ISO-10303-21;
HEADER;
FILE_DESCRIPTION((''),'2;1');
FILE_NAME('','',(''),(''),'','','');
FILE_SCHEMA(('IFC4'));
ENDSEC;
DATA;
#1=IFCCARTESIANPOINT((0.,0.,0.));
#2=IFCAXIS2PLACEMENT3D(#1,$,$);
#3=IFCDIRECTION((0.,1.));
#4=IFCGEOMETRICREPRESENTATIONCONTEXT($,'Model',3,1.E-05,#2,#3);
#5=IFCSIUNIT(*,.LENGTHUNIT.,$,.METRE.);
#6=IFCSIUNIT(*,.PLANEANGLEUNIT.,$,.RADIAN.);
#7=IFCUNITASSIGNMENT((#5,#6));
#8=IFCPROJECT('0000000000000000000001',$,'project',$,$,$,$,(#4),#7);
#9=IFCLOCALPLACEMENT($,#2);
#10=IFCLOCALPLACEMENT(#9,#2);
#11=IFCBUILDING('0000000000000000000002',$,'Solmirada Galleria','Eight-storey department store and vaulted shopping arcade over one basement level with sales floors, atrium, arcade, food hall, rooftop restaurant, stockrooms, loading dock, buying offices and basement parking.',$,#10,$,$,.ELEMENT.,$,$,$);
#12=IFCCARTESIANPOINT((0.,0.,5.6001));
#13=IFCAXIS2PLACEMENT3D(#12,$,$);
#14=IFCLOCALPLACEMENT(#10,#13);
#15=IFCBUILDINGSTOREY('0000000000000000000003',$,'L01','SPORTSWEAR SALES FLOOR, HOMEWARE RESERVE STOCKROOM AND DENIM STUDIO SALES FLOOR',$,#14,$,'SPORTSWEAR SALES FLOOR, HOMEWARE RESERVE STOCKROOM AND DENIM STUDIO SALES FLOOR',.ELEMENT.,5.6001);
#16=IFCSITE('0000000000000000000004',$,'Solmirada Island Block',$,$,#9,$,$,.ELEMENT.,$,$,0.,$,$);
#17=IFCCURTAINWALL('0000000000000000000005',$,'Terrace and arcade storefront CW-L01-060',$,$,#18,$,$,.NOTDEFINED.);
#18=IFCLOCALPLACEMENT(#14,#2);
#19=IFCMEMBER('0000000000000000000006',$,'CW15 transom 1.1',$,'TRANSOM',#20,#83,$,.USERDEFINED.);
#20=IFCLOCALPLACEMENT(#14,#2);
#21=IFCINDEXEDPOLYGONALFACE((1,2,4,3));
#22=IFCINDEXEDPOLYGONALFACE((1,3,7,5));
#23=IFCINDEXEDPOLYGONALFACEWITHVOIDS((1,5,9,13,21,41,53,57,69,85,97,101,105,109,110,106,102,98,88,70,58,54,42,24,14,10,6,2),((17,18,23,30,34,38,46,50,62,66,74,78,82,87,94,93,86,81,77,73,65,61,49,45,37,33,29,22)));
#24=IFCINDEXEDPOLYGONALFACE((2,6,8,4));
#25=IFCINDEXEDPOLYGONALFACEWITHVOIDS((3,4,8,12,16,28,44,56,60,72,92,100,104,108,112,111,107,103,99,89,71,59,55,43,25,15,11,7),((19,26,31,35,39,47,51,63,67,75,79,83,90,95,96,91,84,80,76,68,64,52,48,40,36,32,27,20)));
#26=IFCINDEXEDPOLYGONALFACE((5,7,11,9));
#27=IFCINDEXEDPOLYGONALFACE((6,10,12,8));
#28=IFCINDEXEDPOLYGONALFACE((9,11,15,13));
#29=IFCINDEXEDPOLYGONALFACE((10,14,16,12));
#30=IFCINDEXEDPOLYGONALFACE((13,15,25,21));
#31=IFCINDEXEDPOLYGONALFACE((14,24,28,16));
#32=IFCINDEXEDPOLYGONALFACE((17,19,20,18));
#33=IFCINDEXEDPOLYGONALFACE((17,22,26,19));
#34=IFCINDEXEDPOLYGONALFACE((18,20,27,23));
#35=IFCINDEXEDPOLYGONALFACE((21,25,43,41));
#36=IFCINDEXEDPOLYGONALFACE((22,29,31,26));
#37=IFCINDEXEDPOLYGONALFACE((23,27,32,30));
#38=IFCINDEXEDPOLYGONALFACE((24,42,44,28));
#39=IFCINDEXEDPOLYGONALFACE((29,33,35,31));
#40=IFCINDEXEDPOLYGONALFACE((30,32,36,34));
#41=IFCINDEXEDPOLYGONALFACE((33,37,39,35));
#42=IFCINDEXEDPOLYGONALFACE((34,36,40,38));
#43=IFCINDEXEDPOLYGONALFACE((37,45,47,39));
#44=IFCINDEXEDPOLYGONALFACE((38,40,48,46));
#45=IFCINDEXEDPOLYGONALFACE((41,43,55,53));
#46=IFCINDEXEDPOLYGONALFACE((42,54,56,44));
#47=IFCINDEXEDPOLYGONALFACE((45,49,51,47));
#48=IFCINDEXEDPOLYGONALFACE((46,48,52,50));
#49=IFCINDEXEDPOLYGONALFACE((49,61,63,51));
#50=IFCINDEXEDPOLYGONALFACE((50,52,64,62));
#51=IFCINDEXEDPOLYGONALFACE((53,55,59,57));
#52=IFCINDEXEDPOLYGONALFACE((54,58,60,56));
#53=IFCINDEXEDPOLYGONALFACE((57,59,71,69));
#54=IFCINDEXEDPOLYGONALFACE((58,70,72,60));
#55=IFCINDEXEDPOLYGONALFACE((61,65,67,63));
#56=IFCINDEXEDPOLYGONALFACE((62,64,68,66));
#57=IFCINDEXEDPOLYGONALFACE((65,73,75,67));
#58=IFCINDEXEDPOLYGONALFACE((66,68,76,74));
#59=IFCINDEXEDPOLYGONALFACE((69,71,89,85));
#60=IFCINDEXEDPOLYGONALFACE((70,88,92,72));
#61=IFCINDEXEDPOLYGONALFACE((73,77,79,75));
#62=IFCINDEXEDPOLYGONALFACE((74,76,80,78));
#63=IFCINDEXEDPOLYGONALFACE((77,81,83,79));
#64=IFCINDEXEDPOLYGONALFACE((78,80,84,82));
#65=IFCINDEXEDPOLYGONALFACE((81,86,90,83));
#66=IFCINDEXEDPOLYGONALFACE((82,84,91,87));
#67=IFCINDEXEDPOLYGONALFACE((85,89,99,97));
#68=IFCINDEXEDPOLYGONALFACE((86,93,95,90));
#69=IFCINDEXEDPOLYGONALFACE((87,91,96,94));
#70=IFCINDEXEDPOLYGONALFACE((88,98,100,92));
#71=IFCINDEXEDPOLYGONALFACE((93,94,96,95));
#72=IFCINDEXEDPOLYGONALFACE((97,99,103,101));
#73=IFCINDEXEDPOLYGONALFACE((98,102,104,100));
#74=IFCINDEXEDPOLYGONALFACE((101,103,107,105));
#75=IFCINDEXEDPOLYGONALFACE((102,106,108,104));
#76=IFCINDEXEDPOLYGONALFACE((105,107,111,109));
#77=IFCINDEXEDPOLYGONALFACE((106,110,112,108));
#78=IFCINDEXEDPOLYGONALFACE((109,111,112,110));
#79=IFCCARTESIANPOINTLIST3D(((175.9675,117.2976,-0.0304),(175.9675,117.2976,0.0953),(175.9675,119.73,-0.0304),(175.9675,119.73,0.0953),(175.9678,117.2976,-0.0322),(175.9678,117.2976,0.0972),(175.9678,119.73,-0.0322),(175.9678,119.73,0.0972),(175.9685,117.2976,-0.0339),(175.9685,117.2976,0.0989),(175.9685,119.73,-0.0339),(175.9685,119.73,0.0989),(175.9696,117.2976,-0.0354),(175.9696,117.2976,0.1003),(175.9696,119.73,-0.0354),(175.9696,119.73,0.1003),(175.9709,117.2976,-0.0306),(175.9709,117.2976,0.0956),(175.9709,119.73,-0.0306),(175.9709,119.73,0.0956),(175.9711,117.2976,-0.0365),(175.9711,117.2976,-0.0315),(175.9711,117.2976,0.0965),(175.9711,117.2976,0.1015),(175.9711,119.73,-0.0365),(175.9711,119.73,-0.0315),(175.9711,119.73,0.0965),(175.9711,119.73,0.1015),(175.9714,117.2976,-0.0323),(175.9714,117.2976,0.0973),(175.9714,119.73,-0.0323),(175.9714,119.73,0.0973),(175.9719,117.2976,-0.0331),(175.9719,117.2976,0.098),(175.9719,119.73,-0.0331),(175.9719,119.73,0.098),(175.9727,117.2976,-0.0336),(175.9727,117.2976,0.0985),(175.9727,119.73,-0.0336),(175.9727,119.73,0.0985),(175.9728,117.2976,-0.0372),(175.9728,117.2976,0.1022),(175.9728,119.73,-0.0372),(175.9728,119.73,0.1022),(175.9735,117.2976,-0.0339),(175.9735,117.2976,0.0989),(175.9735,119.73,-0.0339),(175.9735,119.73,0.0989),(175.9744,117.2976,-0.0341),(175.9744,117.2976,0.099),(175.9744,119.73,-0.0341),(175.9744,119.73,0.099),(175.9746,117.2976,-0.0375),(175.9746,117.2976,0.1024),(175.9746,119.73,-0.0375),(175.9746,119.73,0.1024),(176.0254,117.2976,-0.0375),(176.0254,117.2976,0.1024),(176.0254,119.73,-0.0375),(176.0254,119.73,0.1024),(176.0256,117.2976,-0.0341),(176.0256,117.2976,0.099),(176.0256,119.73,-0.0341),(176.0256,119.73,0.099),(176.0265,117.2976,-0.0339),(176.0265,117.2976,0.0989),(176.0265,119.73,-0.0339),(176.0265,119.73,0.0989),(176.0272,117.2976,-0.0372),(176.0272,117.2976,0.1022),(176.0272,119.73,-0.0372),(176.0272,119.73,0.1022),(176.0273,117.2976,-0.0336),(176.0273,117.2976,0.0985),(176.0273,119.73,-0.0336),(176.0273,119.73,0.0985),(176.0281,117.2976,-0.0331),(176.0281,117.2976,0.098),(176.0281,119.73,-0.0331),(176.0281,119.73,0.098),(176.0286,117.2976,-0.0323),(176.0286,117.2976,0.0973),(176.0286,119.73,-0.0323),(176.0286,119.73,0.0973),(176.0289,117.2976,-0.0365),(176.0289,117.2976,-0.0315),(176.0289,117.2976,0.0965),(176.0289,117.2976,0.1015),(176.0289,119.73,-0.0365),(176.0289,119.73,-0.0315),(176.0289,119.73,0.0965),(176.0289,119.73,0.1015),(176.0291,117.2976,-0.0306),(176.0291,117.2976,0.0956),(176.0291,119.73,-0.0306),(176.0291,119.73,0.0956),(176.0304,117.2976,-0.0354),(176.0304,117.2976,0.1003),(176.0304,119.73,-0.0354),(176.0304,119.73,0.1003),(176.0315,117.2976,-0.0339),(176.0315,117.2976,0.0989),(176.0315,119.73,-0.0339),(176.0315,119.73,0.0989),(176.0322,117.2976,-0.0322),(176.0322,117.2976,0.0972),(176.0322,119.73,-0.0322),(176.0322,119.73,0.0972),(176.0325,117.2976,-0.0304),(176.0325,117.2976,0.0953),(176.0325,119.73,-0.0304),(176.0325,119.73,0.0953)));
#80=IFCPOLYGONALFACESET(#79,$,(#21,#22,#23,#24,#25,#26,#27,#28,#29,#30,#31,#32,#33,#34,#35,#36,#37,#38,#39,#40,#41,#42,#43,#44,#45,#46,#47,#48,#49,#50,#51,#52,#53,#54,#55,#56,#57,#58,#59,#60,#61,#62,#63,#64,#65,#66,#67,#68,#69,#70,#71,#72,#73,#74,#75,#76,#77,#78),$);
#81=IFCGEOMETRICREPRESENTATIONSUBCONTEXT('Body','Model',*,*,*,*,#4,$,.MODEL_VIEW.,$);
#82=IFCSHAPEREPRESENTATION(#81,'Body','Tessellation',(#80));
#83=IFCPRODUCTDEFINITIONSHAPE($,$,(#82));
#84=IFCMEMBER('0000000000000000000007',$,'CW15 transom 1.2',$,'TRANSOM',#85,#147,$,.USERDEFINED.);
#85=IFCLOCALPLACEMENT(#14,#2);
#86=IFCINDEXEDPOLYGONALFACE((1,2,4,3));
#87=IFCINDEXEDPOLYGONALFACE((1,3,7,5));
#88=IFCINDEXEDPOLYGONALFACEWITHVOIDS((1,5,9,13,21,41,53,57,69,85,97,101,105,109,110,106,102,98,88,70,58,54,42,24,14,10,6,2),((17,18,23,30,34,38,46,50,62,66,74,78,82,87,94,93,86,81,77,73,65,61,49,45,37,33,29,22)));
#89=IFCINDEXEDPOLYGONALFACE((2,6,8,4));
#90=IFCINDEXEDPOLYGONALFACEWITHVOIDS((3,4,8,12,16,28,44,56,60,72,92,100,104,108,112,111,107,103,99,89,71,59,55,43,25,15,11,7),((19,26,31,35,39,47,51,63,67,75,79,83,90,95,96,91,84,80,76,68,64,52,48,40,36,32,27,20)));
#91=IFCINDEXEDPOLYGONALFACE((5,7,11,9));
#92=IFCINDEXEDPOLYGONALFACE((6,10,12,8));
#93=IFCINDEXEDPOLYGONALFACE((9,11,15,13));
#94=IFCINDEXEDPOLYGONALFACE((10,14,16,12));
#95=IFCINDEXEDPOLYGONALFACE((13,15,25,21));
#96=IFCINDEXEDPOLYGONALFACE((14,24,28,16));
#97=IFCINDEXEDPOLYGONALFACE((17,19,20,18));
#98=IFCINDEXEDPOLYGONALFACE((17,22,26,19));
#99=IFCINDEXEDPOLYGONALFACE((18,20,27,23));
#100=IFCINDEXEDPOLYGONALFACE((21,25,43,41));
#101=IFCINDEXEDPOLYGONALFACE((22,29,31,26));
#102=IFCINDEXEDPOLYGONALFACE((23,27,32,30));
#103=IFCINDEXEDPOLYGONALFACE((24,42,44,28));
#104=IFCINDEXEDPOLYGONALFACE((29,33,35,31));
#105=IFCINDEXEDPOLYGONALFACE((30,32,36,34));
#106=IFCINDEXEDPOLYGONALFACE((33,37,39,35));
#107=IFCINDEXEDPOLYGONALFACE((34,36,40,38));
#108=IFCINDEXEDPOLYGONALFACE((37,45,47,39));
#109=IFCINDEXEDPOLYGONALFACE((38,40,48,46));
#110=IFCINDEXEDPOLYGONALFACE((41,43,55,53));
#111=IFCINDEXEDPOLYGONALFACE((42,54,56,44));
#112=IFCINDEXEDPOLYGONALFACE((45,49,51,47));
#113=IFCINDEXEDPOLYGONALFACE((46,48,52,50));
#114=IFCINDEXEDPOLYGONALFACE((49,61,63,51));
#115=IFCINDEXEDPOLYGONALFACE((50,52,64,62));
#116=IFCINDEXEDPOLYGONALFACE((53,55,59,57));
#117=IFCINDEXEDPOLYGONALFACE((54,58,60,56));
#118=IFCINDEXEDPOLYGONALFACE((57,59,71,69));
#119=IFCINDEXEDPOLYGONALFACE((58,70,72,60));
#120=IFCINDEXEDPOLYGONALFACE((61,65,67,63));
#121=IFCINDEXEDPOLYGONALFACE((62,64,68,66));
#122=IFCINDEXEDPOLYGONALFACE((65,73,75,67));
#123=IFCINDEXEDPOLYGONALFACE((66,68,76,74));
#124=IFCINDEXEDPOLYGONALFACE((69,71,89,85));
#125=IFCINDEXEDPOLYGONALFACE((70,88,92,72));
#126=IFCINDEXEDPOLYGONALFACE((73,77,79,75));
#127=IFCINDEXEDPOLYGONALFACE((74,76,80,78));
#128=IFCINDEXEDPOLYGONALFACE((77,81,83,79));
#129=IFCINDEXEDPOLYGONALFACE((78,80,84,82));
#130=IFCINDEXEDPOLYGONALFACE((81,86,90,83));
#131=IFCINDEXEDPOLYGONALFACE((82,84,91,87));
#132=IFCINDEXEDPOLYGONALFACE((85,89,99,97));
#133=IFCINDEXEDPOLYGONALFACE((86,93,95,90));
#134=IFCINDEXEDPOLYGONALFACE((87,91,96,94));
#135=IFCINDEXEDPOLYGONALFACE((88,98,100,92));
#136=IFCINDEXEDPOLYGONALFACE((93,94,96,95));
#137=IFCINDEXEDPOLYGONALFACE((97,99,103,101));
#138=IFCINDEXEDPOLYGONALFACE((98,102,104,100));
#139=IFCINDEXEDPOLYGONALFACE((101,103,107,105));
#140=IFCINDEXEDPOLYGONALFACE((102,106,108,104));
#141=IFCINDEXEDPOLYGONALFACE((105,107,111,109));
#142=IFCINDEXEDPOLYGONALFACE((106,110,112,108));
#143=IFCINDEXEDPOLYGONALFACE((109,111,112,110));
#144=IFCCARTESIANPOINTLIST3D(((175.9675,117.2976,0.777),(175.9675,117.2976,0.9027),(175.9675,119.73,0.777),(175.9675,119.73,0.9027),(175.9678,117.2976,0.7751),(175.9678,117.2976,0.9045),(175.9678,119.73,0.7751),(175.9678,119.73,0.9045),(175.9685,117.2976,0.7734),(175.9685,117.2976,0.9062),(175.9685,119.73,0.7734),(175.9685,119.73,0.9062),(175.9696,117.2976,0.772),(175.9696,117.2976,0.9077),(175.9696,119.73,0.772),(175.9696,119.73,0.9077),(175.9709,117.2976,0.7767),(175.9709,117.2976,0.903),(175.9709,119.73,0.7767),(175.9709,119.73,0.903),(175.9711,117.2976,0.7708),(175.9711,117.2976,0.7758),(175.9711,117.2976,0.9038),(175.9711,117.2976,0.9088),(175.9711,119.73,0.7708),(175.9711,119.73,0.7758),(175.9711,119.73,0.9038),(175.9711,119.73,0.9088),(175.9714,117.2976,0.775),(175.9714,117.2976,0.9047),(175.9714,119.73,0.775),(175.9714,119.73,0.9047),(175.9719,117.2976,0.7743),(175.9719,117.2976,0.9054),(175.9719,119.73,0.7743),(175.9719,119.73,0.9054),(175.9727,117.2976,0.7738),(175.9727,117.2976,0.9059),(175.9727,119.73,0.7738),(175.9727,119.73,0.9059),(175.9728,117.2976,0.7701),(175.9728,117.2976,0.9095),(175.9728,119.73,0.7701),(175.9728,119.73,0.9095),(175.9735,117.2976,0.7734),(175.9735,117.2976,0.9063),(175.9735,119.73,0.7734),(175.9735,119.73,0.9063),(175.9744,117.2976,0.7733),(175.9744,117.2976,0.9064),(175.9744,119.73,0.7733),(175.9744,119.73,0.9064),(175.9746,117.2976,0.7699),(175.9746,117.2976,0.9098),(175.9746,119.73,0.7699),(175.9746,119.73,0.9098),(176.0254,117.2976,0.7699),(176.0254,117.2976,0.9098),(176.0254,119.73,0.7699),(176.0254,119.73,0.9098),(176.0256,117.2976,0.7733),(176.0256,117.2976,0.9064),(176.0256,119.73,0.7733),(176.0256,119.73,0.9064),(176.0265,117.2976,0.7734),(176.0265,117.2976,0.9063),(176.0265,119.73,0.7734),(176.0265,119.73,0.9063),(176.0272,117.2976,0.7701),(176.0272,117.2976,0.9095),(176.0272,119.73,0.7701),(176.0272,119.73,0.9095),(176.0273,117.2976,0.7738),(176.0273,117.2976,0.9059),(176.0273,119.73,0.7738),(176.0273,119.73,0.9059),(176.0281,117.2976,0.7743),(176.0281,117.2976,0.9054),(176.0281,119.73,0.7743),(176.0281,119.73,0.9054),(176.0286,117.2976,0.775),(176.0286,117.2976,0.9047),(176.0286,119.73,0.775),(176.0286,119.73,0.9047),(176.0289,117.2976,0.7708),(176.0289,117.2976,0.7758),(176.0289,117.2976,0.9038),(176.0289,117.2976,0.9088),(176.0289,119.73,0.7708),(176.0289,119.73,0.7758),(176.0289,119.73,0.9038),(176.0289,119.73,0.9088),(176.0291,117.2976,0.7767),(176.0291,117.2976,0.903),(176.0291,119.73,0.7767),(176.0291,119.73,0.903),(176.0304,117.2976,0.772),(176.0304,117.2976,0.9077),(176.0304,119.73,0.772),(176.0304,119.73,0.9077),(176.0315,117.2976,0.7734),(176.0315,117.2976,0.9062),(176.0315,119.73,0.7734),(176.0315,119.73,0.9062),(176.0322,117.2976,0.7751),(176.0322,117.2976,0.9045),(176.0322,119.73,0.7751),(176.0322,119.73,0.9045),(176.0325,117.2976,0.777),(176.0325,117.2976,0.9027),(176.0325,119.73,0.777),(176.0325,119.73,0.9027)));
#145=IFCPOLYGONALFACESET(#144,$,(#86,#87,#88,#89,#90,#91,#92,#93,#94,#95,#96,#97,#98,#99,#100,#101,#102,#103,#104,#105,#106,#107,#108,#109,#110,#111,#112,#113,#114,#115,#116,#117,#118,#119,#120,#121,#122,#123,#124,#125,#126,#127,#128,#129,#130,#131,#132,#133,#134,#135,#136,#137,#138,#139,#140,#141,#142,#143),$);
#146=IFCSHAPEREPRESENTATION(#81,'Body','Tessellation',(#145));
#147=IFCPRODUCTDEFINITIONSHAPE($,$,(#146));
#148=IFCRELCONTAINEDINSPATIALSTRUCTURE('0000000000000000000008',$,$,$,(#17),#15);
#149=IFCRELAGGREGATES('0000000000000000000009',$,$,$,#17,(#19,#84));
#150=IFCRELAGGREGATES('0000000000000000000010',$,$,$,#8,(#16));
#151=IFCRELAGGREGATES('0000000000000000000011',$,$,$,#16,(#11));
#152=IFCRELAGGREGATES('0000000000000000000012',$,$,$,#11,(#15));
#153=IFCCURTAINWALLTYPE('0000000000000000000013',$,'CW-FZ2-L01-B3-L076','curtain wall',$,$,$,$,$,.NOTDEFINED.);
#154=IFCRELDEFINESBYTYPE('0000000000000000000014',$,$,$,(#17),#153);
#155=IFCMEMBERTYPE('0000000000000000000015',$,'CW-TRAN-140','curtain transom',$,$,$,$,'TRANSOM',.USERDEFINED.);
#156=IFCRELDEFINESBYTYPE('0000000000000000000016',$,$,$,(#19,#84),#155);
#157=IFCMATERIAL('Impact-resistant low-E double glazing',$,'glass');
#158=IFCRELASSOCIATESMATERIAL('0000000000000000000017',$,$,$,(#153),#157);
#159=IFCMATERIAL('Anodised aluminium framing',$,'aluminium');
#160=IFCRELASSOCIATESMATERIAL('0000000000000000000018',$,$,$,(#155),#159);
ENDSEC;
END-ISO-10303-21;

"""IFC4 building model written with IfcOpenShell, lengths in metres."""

from ifc_helpers import new_model, si_unit, direction, frame, origin, origin_2d, place, context, subcontext, project, spatial, hollow_rectangle, extrude, material, material_profile, profile_set, type_object, element, aggregate, save


model = new_model("IFC4")

# Units and contexts
model_context = context("Model", 3, precision=1e-05, world=origin(), true_north=direction((0.0, 1.0)))
body_context = subcontext(model_context, "Body", "Model", "MODEL_VIEW")
ifc_project = project(units=[si_unit("LENGTHUNIT", "METRE"), si_unit("PLANEANGLEUNIT", "RADIAN")], contexts=[model_context])

# Site, building, storey
site_placement = place(None, origin())
site = spatial("IfcSite", under=ifc_project, at=site_placement, Name="Solmirada Island Block", CompositionType="ELEMENT", RefElevation=0.0)
building_placement = place(site_placement, origin())
building = spatial("IfcBuilding", under=site, at=building_placement, Name="Solmirada Galleria", Description="Eight-storey department store and vaulted shopping arcade over one basement level with sales floors, atrium, arcade, food hall, rooftop restaurant, stockrooms, loading dock, buying offices and basement parking.", CompositionType="ELEMENT")
storey_placement = place(building_placement, frame((0.0, 0.0, 5.6001)))
storey = spatial("IfcBuildingStorey", under=building, at=storey_placement, Name="L01", Description="SPORTSWEAR SALES FLOOR, HOMEWARE RESERVE STOCKROOM AND DENIM STUDIO SALES FLOOR", LongName="SPORTSWEAR SALES FLOOR, HOMEWARE RESERVE STOCKROOM AND DENIM STUDIO SALES FLOOR", CompositionType="ELEMENT", Elevation=5.6001)

# Shared definitions
ifc_material_1 = material(Name="Impact-resistant low-E double glazing", Category="glass")
curtain_wall_type = type_object("IfcCurtainWallType", Name="CW-FZ2-L01-B3-L076", Description="curtain wall", PredefinedType="NOTDEFINED", material=ifc_material_1)
ifc_material_2 = material(Name="Anodised aluminium framing", Category="aluminium")

# Curtain wall
curtain_wall_1_placement = place(storey_placement, origin())
curtain_wall_1 = element("IfcCurtainWall", 1, at=curtain_wall_1_placement, inside=storey, type_object=curtain_wall_type, Name="Terrace and arcade storefront CW-L01-060", PredefinedType="NOTDEFINED")

# Members
ifc_material_profile_1 = material_profile(ifc_material_2, hollow_rectangle(XDim=0.0649, YDim=0.1399, WallThickness=0.0034, InnerFilletRadius=0.0034, OuterFilletRadius=0.0071, at=origin_2d()), Name="ALU-TRAN-140X65")
ifc_profile_set_1 = profile_set([ifc_material_profile_1], Name="Anodised aluminium framing")
member_type_1 = type_object("IfcMemberType", Name="CW-TRAN-140", Description="curtain transom", ElementType="TRANSOM", PredefinedType="USERDEFINED", material=ifc_profile_set_1)
member_1_placement = place(storey_placement, frame((176.0, 119.73, 0.0325), z_axis=(0.0, -1.0, 0.0), x_axis=(1.0, 0.0, 0.0)))
member_1 = element("IfcMember", 2, at=member_1_placement, type_object=member_type_1, Name="CW15 transom 1.1", ObjectType="TRANSOM", PredefinedType="USERDEFINED", context=body_context, shape_type="SweptSolid", body=[
    extrude(hollow_rectangle(XDim=0.0649, YDim=0.1399, WallThickness=0.0034, InnerFilletRadius=0.0034, OuterFilletRadius=0.0071, at=origin_2d()), origin(), (0.0, 0.0, 1.0), 2.4324),
])
member_2_placement = place(storey_placement, frame((176.0, 119.73, 0.8398), z_axis=(0.0, -1.0, 0.0), x_axis=(1.0, 0.0, 0.0)))
member_2 = element("IfcMember", 3, at=member_2_placement, type_object=member_type_1, Name="CW15 transom 1.2", ObjectType="TRANSOM", PredefinedType="USERDEFINED", context=body_context, shape_type="SweptSolid", body=[
    extrude(hollow_rectangle(XDim=0.0649, YDim=0.1399, WallThickness=0.0034, InnerFilletRadius=0.0034, OuterFilletRadius=0.0071, at=origin_2d()), origin(), (0.0, 0.0, 1.0), 2.4324),
])

aggregate(curtain_wall_1, [member_1, member_2])

save(model, "model.ifc")
